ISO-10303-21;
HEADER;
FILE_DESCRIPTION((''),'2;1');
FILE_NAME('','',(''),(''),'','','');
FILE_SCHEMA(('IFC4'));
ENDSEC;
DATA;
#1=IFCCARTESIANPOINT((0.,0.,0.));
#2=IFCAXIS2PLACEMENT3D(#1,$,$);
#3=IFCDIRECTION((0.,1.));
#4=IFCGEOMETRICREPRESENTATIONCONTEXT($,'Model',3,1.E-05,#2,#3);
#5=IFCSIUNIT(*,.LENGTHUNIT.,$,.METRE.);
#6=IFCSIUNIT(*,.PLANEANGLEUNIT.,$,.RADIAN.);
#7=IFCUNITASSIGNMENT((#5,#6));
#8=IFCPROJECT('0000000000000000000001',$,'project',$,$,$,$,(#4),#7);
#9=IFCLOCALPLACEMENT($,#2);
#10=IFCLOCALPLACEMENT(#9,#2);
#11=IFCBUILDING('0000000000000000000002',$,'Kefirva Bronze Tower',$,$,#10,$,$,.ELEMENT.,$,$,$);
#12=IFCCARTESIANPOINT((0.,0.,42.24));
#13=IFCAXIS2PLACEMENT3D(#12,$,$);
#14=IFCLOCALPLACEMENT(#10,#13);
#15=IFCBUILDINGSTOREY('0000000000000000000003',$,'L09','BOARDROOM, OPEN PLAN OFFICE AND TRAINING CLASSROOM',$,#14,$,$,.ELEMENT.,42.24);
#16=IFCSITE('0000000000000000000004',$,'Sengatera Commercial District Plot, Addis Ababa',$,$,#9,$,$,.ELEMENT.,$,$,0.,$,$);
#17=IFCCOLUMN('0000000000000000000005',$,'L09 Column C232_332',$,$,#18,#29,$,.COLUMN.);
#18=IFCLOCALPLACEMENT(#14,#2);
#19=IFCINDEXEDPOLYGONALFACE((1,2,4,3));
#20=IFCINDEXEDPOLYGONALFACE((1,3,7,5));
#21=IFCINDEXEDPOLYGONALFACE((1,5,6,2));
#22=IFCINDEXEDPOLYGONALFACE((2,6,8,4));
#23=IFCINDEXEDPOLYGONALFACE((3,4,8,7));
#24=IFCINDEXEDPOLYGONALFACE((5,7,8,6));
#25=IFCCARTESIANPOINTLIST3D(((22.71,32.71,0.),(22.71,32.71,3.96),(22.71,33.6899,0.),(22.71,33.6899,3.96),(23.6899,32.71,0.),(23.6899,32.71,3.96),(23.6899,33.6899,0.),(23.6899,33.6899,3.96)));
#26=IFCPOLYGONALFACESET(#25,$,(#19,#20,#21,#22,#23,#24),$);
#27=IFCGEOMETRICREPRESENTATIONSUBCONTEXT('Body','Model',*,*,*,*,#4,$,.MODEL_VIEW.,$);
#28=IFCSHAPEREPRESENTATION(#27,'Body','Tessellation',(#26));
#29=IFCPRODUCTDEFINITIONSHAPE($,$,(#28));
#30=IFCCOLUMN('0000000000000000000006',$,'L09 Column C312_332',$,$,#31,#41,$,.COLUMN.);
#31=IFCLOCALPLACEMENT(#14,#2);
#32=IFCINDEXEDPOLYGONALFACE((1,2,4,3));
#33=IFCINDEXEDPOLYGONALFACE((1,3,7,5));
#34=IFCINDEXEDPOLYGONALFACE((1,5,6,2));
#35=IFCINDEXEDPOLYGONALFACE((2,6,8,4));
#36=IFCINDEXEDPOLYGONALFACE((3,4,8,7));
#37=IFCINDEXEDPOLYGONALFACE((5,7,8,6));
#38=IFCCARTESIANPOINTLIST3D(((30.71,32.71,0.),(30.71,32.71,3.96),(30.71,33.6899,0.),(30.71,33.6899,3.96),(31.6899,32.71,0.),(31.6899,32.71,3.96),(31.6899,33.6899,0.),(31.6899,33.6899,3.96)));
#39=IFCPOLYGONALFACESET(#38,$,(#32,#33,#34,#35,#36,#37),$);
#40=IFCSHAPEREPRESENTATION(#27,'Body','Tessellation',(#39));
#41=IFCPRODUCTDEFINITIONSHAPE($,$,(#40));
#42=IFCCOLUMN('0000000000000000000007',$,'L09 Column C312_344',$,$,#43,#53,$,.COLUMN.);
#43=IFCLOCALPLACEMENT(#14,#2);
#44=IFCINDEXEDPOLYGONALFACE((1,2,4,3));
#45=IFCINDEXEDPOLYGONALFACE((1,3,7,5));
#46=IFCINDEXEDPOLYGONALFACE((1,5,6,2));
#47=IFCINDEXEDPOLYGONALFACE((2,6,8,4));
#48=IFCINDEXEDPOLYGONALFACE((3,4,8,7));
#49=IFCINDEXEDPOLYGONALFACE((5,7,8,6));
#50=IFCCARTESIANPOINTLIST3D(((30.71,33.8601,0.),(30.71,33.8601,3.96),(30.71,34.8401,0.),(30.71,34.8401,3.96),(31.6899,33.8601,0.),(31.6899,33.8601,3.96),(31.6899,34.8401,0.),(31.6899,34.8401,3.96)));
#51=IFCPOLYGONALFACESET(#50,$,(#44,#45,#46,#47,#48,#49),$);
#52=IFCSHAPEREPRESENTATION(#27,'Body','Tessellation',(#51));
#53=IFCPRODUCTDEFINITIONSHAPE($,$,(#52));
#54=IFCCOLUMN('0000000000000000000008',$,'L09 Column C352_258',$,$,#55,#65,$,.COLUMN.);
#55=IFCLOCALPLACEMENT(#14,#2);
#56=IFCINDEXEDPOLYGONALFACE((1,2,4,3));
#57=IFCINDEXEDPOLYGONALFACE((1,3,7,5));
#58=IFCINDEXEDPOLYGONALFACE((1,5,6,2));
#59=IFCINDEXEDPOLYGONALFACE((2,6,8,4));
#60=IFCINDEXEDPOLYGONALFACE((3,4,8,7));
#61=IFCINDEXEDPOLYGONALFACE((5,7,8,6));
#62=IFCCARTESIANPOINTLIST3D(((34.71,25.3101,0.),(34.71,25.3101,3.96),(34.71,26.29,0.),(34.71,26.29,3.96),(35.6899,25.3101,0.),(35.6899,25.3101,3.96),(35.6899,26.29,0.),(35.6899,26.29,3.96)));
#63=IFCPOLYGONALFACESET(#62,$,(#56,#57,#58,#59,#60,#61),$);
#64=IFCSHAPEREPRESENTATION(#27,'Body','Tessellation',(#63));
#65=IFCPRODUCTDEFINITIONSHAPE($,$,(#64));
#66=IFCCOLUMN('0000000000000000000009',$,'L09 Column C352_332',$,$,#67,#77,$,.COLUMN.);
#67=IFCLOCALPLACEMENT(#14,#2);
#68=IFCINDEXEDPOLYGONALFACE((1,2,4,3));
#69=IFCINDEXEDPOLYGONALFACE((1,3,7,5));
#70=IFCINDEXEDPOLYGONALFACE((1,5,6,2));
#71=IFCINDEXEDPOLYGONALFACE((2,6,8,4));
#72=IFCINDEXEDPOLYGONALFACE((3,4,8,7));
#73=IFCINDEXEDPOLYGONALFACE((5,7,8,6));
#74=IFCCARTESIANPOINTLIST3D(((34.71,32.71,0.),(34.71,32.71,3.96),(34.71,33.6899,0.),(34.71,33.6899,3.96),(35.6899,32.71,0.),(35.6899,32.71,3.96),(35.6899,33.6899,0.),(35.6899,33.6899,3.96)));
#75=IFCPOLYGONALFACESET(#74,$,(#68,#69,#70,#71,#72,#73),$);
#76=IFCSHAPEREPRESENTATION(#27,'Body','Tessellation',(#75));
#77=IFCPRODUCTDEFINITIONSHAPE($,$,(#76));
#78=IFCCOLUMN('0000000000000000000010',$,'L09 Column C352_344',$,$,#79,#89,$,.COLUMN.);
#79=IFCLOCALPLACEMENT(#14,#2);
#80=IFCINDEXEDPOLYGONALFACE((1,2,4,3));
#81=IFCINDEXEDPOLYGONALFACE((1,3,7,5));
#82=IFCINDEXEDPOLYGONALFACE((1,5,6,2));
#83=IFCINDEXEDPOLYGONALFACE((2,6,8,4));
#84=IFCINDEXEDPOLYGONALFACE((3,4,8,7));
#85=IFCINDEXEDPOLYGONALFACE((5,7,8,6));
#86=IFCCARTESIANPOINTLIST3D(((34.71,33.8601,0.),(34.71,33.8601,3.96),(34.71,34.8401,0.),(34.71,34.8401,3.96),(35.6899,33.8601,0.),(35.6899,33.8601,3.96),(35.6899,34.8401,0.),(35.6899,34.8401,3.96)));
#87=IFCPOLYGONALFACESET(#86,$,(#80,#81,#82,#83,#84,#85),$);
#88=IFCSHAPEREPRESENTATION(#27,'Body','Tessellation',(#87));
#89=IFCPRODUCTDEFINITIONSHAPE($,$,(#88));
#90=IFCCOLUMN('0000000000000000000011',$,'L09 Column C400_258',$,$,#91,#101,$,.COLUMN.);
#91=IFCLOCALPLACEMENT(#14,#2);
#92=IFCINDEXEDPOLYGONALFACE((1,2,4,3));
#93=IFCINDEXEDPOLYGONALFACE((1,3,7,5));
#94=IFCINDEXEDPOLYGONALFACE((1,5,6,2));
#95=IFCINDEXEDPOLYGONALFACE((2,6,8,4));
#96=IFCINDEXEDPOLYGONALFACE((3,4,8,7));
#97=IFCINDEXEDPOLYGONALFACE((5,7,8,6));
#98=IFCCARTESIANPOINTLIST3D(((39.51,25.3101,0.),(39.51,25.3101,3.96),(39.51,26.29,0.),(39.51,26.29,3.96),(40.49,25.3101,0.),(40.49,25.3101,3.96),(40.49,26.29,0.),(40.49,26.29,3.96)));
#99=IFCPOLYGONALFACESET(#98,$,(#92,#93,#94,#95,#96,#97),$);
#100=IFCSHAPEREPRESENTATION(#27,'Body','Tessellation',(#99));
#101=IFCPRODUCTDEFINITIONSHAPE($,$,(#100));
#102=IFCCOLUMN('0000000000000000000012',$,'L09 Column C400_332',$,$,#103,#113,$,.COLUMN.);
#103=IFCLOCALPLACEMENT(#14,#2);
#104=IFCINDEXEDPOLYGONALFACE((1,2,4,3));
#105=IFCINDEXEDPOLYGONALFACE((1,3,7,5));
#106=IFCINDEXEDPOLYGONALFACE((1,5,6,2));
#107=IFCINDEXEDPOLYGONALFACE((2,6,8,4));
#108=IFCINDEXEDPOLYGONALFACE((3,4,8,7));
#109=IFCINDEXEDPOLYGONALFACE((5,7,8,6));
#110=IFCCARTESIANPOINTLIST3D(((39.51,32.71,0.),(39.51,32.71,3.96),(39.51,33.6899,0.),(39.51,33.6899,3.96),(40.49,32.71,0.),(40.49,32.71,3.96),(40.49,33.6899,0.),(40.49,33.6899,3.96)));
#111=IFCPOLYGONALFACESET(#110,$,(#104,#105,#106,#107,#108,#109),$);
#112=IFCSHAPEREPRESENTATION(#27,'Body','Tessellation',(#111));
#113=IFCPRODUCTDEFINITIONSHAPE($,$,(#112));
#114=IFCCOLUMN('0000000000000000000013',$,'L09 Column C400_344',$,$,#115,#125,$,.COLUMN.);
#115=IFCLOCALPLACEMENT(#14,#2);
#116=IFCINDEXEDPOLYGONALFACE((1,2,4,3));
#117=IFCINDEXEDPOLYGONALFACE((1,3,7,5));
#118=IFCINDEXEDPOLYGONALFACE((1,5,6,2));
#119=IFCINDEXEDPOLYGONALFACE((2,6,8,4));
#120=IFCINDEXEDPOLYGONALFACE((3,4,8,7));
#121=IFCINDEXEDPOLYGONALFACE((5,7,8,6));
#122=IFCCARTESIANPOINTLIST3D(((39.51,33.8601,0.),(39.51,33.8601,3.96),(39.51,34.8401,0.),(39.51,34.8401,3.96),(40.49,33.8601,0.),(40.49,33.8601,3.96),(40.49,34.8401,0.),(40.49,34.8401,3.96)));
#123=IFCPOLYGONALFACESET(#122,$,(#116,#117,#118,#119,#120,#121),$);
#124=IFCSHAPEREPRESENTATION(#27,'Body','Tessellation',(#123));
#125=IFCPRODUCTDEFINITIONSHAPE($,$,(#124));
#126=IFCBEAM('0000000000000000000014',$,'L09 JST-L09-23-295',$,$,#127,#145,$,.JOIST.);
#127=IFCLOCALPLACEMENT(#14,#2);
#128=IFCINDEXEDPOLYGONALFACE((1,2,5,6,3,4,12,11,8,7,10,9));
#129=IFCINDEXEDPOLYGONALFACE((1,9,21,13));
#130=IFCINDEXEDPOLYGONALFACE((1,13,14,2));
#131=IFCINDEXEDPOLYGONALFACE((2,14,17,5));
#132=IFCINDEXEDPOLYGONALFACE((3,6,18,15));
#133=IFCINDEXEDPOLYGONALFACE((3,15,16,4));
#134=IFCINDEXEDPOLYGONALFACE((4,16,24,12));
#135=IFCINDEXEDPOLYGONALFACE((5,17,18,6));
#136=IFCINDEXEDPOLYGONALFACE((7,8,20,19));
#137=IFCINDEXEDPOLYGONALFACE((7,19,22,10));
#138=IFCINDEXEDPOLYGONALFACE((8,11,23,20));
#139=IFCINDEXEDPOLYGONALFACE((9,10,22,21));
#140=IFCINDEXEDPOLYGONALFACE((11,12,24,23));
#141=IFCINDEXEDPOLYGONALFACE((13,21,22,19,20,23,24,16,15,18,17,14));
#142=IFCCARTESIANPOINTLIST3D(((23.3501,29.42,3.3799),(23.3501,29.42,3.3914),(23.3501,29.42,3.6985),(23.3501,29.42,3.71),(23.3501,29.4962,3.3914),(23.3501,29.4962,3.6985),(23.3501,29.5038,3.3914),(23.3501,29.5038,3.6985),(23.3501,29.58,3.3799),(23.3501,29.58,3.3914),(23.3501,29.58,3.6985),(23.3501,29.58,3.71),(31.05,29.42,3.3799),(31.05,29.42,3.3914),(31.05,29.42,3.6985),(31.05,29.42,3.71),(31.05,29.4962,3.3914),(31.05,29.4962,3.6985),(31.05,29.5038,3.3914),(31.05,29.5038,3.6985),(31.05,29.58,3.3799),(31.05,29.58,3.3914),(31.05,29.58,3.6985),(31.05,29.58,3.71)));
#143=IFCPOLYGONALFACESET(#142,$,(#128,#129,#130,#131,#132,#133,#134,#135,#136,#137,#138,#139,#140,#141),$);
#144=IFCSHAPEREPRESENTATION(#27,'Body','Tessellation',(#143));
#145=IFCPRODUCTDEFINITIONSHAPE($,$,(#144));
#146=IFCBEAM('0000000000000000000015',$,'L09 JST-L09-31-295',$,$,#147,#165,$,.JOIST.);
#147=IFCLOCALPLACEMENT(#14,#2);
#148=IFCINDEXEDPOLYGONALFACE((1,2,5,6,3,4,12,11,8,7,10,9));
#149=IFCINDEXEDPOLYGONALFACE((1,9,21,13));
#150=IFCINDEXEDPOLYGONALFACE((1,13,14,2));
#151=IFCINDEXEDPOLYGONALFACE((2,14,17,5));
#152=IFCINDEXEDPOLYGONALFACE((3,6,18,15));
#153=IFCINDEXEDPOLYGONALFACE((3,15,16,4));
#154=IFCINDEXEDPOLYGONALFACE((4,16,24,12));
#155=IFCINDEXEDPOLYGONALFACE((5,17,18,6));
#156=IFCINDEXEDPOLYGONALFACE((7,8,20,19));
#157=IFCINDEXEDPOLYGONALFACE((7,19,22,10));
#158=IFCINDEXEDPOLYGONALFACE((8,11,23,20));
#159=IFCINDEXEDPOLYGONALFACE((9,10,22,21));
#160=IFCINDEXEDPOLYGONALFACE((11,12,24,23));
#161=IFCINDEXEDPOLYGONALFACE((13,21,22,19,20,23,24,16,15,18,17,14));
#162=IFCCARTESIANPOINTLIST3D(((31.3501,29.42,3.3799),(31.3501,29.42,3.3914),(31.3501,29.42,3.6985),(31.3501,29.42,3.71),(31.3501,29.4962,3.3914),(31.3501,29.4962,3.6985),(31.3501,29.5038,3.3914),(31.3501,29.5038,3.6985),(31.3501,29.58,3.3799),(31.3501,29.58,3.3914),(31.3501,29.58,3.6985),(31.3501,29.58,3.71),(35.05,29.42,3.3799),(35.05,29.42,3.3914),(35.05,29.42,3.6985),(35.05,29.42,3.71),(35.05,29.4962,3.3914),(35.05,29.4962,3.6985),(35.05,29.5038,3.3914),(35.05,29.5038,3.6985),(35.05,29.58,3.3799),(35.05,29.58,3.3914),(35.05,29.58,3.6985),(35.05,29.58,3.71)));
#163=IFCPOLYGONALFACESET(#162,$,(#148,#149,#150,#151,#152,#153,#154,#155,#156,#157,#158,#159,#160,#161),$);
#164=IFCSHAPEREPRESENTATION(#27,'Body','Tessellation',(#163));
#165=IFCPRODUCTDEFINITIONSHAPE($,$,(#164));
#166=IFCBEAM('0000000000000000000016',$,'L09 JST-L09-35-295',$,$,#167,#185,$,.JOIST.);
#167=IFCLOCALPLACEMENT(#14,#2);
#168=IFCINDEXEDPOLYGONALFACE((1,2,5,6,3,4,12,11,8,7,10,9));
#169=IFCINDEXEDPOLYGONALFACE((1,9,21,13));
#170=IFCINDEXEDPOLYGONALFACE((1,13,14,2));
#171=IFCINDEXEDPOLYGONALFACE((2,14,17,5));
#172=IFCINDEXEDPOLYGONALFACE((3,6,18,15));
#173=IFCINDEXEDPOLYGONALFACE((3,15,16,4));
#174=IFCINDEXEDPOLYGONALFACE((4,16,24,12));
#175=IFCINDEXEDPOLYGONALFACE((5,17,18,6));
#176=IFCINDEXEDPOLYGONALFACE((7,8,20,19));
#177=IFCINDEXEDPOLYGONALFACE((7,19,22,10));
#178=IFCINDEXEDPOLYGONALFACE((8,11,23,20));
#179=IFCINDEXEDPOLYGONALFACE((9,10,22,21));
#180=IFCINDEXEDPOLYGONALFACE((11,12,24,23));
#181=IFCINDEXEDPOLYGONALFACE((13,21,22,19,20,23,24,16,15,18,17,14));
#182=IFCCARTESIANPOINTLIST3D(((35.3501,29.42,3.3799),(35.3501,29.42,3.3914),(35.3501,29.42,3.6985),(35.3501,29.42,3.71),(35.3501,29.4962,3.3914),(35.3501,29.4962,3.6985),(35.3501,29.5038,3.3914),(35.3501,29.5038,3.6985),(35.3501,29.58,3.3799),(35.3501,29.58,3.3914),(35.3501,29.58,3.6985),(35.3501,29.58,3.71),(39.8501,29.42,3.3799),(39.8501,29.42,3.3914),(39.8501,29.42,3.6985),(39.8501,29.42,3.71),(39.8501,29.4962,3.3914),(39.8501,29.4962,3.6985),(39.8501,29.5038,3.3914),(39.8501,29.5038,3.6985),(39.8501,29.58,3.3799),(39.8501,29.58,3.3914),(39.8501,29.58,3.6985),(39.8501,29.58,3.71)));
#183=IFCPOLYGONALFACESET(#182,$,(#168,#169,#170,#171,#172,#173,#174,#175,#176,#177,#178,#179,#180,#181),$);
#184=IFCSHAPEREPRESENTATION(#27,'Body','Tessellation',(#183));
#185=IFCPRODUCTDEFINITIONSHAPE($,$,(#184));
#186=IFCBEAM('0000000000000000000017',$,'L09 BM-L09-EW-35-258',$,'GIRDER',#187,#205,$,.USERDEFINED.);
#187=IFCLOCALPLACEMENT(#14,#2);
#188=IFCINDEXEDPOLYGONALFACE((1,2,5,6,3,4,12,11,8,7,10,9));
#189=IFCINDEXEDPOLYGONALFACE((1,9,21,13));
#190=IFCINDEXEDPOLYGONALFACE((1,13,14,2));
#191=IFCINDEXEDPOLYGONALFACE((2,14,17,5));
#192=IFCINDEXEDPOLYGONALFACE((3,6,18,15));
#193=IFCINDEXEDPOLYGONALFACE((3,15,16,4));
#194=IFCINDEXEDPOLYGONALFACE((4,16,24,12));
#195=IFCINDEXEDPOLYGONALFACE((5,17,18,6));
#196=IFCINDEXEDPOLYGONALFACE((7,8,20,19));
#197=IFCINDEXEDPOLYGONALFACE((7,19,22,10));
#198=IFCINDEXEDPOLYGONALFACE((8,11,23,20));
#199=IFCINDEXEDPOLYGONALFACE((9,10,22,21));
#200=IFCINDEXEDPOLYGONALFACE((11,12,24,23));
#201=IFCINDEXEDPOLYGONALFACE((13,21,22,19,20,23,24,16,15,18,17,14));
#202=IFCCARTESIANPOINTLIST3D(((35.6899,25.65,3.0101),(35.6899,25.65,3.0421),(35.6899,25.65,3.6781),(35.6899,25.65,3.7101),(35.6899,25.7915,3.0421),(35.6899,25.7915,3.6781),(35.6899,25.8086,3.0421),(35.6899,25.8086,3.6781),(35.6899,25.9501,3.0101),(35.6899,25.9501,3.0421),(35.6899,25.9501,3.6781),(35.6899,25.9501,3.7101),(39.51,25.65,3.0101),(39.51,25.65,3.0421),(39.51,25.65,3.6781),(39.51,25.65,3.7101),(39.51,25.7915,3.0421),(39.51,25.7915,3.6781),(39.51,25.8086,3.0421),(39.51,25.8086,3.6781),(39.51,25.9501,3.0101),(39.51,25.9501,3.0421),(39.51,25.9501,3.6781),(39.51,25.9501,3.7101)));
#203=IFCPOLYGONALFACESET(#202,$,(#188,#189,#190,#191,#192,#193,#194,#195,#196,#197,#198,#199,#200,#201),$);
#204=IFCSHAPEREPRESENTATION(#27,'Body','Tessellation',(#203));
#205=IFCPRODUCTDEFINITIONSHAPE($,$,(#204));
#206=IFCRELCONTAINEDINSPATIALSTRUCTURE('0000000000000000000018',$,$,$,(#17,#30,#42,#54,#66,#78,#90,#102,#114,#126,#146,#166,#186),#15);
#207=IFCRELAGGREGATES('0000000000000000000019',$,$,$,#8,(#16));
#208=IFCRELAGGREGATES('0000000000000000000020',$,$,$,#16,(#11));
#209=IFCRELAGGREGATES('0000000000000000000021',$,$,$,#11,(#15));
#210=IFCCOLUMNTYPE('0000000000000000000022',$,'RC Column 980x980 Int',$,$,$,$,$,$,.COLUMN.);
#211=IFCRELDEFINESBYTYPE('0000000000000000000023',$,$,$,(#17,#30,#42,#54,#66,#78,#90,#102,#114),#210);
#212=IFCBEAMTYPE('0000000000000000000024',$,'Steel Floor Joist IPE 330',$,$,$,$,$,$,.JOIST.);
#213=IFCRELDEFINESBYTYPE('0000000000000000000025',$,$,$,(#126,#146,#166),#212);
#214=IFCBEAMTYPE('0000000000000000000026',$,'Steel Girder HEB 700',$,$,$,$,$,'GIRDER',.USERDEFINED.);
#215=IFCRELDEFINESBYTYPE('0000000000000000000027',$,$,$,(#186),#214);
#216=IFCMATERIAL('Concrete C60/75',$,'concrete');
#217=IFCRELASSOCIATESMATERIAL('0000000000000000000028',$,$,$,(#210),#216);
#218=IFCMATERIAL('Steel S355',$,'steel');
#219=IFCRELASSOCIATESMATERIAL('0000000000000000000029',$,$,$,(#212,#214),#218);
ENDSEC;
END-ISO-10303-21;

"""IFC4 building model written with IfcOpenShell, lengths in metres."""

from ifc_helpers import new_model, si_unit, direction, frame, origin, origin_2d, place, context, subcontext, project, spatial, rectangle, i_section, extrude, material, material_profile, profile_set, type_object, element, save


model = new_model("IFC4")

# Units and contexts
model_context = context("Model", 3, precision=1e-05, world=origin(), true_north=direction((0.0, 1.0)))
body_context = subcontext(model_context, "Body", "Model", "MODEL_VIEW")
ifc_project = project(units=[si_unit("LENGTHUNIT", "METRE"), si_unit("PLANEANGLEUNIT", "RADIAN")], contexts=[model_context])

# Site, building, storey
site_placement = place(None, origin())
site = spatial("IfcSite", under=ifc_project, at=site_placement, Name="Sengatera Commercial District Plot, Addis Ababa", CompositionType="ELEMENT", RefElevation=0.0)
building_placement = place(site_placement, origin())
building = spatial("IfcBuilding", under=site, at=building_placement, Name="Kefirva Bronze Tower", CompositionType="ELEMENT")
storey_placement = place(building_placement, frame((0.0, 0.0, 42.24)))
storey = spatial("IfcBuildingStorey", under=building, at=storey_placement, Name="L09", Description="BOARDROOM, OPEN PLAN OFFICE AND TRAINING CLASSROOM", CompositionType="ELEMENT", Elevation=42.24)

# Columns
ifc_material_1 = material(Name="Concrete C60/75", Category="concrete")
ifc_material_profile_1 = material_profile(ifc_material_1, rectangle(XDim=0.98, YDim=0.98, at=origin_2d()), Name="RC 980x980")
ifc_profile_set_1 = profile_set([ifc_material_profile_1], Name="Concrete C60/75")
column_type = type_object("IfcColumnType", Name="RC Column 980x980 Int", PredefinedType="COLUMN", material=ifc_profile_set_1)
for number, where, z_axis, x_axis, name in (
    (1, (23.2, 33.2, 0.0), (0.0, 0.0, 1.0), (1.0, 0.0, 0.0), "L09 Column C232_332"),
    (2, (31.2, 33.2, 0.0), (0.0, 0.0, 1.0), (1.0, 0.0, 0.0), "L09 Column C312_332"),
    (3, (31.2, 34.3501, 0.0), (0.0, 0.0, 1.0), (1.0, 0.0, 0.0), "L09 Column C312_344"),
    (4, (35.2, 25.8, 0.0), (0.0, 0.0, 1.0), (1.0, 0.0, 0.0), "L09 Column C352_258"),
    (5, (35.2, 33.2, 0.0), (0.0, 0.0, 1.0), (1.0, 0.0, 0.0), "L09 Column C352_332"),
    (6, (35.2, 34.3501, 0.0), (0.0, 0.0, 1.0), (1.0, 0.0, 0.0), "L09 Column C352_344"),
    (7, (40.0, 25.8, 0.0), (0.0, 0.0, 1.0), (1.0, 0.0, 0.0), "L09 Column C400_258"),
    (8, (40.0, 33.2, 0.0), (0.0, 0.0, 1.0), (1.0, 0.0, 0.0), "L09 Column C400_332"),
    (9, (40.0, 34.3501, 0.0), (0.0, 0.0, 1.0), (1.0, 0.0, 0.0), "L09 Column C400_344"),
):
    element("IfcColumn", number, at=place(storey_placement, frame(where, z_axis=z_axis, x_axis=x_axis)), inside=storey, type_object=column_type, Name=name, PredefinedType="COLUMN", context=body_context, shape_type="SweptSolid", body=[
        extrude(rectangle(XDim=0.98, YDim=0.98, at=origin_2d()), origin(), (0.0, 0.0, 1.0), 3.96),
    ])

# Beams
ifc_material_2 = material(Name="Steel S355", Category="steel")
ifc_material_profile_2 = material_profile(ifc_material_2, i_section(OverallWidth=0.1599, OverallDepth=0.3301, WebThickness=0.0076, FlangeThickness=0.0115, at=origin_2d()), Name="IPE 330")
ifc_profile_set_2 = profile_set([ifc_material_profile_2], Name="Steel S355")
beam_type_1 = type_object("IfcBeamType", Name="Steel Floor Joist IPE 330", PredefinedType="JOIST", material=ifc_profile_set_2)
beam_1_placement = place(storey_placement, frame((23.3501, 29.5, 3.5449), z_axis=(1.0, 0.0, 0.0), x_axis=(0.0, 1.0, 0.0)))
element("IfcBeam", 10, at=beam_1_placement, inside=storey, type_object=beam_type_1, Name="L09 JST-L09-23-295", PredefinedType="JOIST", context=body_context, shape_type="SweptSolid", body=[
    extrude(i_section(OverallWidth=0.1599, OverallDepth=0.3301, WebThickness=0.0076, FlangeThickness=0.0115, at=origin_2d()), origin(), (0.0, 0.0, 1.0), 7.7),
])
beam_2_placement = place(storey_placement, frame((31.3501, 29.5, 3.5449), z_axis=(1.0, 0.0, 0.0), x_axis=(0.0, 1.0, 0.0)))
element("IfcBeam", 11, at=beam_2_placement, inside=storey, type_object=beam_type_1, Name="L09 JST-L09-31-295", PredefinedType="JOIST", context=body_context, shape_type="SweptSolid", body=[
    extrude(i_section(OverallWidth=0.1599, OverallDepth=0.3301, WebThickness=0.0076, FlangeThickness=0.0115, at=origin_2d()), origin(), (0.0, 0.0, 1.0), 3.7),
])
beam_3_placement = place(storey_placement, frame((35.3501, 29.5, 3.5449), z_axis=(1.0, 0.0, 0.0), x_axis=(0.0, 1.0, 0.0)))
element("IfcBeam", 12, at=beam_3_placement, inside=storey, type_object=beam_type_1, Name="L09 JST-L09-35-295", PredefinedType="JOIST", context=body_context, shape_type="SweptSolid", body=[
    extrude(i_section(OverallWidth=0.1599, OverallDepth=0.3301, WebThickness=0.0076, FlangeThickness=0.0115, at=origin_2d()), origin(), (0.0, 0.0, 1.0), 4.5),
])
ifc_material_profile_3 = material_profile(ifc_material_2, i_section(OverallWidth=0.3, OverallDepth=0.7, WebThickness=0.0171, FlangeThickness=0.032, at=origin_2d()), Name="HEB 700")
ifc_profile_set_3 = profile_set([ifc_material_profile_3], Name="Steel S355")
beam_type_2 = type_object("IfcBeamType", Name="Steel Girder HEB 700", ElementType="GIRDER", PredefinedType="USERDEFINED", material=ifc_profile_set_3)
beam_4_placement = place(storey_placement, frame((35.6899, 25.8, 3.3601), z_axis=(1.0, 0.0, 0.0), x_axis=(0.0, 1.0, 0.0)))
element("IfcBeam", 13, at=beam_4_placement, inside=storey, type_object=beam_type_2, Name="L09 BM-L09-EW-35-258", ObjectType="GIRDER", PredefinedType="USERDEFINED", context=body_context, shape_type="SweptSolid", body=[
    extrude(i_section(OverallWidth=0.3, OverallDepth=0.7, WebThickness=0.0171, FlangeThickness=0.032, at=origin_2d()), origin(), (0.0, 0.0, 1.0), 3.8201),
])

save(model, "model.ifc")
